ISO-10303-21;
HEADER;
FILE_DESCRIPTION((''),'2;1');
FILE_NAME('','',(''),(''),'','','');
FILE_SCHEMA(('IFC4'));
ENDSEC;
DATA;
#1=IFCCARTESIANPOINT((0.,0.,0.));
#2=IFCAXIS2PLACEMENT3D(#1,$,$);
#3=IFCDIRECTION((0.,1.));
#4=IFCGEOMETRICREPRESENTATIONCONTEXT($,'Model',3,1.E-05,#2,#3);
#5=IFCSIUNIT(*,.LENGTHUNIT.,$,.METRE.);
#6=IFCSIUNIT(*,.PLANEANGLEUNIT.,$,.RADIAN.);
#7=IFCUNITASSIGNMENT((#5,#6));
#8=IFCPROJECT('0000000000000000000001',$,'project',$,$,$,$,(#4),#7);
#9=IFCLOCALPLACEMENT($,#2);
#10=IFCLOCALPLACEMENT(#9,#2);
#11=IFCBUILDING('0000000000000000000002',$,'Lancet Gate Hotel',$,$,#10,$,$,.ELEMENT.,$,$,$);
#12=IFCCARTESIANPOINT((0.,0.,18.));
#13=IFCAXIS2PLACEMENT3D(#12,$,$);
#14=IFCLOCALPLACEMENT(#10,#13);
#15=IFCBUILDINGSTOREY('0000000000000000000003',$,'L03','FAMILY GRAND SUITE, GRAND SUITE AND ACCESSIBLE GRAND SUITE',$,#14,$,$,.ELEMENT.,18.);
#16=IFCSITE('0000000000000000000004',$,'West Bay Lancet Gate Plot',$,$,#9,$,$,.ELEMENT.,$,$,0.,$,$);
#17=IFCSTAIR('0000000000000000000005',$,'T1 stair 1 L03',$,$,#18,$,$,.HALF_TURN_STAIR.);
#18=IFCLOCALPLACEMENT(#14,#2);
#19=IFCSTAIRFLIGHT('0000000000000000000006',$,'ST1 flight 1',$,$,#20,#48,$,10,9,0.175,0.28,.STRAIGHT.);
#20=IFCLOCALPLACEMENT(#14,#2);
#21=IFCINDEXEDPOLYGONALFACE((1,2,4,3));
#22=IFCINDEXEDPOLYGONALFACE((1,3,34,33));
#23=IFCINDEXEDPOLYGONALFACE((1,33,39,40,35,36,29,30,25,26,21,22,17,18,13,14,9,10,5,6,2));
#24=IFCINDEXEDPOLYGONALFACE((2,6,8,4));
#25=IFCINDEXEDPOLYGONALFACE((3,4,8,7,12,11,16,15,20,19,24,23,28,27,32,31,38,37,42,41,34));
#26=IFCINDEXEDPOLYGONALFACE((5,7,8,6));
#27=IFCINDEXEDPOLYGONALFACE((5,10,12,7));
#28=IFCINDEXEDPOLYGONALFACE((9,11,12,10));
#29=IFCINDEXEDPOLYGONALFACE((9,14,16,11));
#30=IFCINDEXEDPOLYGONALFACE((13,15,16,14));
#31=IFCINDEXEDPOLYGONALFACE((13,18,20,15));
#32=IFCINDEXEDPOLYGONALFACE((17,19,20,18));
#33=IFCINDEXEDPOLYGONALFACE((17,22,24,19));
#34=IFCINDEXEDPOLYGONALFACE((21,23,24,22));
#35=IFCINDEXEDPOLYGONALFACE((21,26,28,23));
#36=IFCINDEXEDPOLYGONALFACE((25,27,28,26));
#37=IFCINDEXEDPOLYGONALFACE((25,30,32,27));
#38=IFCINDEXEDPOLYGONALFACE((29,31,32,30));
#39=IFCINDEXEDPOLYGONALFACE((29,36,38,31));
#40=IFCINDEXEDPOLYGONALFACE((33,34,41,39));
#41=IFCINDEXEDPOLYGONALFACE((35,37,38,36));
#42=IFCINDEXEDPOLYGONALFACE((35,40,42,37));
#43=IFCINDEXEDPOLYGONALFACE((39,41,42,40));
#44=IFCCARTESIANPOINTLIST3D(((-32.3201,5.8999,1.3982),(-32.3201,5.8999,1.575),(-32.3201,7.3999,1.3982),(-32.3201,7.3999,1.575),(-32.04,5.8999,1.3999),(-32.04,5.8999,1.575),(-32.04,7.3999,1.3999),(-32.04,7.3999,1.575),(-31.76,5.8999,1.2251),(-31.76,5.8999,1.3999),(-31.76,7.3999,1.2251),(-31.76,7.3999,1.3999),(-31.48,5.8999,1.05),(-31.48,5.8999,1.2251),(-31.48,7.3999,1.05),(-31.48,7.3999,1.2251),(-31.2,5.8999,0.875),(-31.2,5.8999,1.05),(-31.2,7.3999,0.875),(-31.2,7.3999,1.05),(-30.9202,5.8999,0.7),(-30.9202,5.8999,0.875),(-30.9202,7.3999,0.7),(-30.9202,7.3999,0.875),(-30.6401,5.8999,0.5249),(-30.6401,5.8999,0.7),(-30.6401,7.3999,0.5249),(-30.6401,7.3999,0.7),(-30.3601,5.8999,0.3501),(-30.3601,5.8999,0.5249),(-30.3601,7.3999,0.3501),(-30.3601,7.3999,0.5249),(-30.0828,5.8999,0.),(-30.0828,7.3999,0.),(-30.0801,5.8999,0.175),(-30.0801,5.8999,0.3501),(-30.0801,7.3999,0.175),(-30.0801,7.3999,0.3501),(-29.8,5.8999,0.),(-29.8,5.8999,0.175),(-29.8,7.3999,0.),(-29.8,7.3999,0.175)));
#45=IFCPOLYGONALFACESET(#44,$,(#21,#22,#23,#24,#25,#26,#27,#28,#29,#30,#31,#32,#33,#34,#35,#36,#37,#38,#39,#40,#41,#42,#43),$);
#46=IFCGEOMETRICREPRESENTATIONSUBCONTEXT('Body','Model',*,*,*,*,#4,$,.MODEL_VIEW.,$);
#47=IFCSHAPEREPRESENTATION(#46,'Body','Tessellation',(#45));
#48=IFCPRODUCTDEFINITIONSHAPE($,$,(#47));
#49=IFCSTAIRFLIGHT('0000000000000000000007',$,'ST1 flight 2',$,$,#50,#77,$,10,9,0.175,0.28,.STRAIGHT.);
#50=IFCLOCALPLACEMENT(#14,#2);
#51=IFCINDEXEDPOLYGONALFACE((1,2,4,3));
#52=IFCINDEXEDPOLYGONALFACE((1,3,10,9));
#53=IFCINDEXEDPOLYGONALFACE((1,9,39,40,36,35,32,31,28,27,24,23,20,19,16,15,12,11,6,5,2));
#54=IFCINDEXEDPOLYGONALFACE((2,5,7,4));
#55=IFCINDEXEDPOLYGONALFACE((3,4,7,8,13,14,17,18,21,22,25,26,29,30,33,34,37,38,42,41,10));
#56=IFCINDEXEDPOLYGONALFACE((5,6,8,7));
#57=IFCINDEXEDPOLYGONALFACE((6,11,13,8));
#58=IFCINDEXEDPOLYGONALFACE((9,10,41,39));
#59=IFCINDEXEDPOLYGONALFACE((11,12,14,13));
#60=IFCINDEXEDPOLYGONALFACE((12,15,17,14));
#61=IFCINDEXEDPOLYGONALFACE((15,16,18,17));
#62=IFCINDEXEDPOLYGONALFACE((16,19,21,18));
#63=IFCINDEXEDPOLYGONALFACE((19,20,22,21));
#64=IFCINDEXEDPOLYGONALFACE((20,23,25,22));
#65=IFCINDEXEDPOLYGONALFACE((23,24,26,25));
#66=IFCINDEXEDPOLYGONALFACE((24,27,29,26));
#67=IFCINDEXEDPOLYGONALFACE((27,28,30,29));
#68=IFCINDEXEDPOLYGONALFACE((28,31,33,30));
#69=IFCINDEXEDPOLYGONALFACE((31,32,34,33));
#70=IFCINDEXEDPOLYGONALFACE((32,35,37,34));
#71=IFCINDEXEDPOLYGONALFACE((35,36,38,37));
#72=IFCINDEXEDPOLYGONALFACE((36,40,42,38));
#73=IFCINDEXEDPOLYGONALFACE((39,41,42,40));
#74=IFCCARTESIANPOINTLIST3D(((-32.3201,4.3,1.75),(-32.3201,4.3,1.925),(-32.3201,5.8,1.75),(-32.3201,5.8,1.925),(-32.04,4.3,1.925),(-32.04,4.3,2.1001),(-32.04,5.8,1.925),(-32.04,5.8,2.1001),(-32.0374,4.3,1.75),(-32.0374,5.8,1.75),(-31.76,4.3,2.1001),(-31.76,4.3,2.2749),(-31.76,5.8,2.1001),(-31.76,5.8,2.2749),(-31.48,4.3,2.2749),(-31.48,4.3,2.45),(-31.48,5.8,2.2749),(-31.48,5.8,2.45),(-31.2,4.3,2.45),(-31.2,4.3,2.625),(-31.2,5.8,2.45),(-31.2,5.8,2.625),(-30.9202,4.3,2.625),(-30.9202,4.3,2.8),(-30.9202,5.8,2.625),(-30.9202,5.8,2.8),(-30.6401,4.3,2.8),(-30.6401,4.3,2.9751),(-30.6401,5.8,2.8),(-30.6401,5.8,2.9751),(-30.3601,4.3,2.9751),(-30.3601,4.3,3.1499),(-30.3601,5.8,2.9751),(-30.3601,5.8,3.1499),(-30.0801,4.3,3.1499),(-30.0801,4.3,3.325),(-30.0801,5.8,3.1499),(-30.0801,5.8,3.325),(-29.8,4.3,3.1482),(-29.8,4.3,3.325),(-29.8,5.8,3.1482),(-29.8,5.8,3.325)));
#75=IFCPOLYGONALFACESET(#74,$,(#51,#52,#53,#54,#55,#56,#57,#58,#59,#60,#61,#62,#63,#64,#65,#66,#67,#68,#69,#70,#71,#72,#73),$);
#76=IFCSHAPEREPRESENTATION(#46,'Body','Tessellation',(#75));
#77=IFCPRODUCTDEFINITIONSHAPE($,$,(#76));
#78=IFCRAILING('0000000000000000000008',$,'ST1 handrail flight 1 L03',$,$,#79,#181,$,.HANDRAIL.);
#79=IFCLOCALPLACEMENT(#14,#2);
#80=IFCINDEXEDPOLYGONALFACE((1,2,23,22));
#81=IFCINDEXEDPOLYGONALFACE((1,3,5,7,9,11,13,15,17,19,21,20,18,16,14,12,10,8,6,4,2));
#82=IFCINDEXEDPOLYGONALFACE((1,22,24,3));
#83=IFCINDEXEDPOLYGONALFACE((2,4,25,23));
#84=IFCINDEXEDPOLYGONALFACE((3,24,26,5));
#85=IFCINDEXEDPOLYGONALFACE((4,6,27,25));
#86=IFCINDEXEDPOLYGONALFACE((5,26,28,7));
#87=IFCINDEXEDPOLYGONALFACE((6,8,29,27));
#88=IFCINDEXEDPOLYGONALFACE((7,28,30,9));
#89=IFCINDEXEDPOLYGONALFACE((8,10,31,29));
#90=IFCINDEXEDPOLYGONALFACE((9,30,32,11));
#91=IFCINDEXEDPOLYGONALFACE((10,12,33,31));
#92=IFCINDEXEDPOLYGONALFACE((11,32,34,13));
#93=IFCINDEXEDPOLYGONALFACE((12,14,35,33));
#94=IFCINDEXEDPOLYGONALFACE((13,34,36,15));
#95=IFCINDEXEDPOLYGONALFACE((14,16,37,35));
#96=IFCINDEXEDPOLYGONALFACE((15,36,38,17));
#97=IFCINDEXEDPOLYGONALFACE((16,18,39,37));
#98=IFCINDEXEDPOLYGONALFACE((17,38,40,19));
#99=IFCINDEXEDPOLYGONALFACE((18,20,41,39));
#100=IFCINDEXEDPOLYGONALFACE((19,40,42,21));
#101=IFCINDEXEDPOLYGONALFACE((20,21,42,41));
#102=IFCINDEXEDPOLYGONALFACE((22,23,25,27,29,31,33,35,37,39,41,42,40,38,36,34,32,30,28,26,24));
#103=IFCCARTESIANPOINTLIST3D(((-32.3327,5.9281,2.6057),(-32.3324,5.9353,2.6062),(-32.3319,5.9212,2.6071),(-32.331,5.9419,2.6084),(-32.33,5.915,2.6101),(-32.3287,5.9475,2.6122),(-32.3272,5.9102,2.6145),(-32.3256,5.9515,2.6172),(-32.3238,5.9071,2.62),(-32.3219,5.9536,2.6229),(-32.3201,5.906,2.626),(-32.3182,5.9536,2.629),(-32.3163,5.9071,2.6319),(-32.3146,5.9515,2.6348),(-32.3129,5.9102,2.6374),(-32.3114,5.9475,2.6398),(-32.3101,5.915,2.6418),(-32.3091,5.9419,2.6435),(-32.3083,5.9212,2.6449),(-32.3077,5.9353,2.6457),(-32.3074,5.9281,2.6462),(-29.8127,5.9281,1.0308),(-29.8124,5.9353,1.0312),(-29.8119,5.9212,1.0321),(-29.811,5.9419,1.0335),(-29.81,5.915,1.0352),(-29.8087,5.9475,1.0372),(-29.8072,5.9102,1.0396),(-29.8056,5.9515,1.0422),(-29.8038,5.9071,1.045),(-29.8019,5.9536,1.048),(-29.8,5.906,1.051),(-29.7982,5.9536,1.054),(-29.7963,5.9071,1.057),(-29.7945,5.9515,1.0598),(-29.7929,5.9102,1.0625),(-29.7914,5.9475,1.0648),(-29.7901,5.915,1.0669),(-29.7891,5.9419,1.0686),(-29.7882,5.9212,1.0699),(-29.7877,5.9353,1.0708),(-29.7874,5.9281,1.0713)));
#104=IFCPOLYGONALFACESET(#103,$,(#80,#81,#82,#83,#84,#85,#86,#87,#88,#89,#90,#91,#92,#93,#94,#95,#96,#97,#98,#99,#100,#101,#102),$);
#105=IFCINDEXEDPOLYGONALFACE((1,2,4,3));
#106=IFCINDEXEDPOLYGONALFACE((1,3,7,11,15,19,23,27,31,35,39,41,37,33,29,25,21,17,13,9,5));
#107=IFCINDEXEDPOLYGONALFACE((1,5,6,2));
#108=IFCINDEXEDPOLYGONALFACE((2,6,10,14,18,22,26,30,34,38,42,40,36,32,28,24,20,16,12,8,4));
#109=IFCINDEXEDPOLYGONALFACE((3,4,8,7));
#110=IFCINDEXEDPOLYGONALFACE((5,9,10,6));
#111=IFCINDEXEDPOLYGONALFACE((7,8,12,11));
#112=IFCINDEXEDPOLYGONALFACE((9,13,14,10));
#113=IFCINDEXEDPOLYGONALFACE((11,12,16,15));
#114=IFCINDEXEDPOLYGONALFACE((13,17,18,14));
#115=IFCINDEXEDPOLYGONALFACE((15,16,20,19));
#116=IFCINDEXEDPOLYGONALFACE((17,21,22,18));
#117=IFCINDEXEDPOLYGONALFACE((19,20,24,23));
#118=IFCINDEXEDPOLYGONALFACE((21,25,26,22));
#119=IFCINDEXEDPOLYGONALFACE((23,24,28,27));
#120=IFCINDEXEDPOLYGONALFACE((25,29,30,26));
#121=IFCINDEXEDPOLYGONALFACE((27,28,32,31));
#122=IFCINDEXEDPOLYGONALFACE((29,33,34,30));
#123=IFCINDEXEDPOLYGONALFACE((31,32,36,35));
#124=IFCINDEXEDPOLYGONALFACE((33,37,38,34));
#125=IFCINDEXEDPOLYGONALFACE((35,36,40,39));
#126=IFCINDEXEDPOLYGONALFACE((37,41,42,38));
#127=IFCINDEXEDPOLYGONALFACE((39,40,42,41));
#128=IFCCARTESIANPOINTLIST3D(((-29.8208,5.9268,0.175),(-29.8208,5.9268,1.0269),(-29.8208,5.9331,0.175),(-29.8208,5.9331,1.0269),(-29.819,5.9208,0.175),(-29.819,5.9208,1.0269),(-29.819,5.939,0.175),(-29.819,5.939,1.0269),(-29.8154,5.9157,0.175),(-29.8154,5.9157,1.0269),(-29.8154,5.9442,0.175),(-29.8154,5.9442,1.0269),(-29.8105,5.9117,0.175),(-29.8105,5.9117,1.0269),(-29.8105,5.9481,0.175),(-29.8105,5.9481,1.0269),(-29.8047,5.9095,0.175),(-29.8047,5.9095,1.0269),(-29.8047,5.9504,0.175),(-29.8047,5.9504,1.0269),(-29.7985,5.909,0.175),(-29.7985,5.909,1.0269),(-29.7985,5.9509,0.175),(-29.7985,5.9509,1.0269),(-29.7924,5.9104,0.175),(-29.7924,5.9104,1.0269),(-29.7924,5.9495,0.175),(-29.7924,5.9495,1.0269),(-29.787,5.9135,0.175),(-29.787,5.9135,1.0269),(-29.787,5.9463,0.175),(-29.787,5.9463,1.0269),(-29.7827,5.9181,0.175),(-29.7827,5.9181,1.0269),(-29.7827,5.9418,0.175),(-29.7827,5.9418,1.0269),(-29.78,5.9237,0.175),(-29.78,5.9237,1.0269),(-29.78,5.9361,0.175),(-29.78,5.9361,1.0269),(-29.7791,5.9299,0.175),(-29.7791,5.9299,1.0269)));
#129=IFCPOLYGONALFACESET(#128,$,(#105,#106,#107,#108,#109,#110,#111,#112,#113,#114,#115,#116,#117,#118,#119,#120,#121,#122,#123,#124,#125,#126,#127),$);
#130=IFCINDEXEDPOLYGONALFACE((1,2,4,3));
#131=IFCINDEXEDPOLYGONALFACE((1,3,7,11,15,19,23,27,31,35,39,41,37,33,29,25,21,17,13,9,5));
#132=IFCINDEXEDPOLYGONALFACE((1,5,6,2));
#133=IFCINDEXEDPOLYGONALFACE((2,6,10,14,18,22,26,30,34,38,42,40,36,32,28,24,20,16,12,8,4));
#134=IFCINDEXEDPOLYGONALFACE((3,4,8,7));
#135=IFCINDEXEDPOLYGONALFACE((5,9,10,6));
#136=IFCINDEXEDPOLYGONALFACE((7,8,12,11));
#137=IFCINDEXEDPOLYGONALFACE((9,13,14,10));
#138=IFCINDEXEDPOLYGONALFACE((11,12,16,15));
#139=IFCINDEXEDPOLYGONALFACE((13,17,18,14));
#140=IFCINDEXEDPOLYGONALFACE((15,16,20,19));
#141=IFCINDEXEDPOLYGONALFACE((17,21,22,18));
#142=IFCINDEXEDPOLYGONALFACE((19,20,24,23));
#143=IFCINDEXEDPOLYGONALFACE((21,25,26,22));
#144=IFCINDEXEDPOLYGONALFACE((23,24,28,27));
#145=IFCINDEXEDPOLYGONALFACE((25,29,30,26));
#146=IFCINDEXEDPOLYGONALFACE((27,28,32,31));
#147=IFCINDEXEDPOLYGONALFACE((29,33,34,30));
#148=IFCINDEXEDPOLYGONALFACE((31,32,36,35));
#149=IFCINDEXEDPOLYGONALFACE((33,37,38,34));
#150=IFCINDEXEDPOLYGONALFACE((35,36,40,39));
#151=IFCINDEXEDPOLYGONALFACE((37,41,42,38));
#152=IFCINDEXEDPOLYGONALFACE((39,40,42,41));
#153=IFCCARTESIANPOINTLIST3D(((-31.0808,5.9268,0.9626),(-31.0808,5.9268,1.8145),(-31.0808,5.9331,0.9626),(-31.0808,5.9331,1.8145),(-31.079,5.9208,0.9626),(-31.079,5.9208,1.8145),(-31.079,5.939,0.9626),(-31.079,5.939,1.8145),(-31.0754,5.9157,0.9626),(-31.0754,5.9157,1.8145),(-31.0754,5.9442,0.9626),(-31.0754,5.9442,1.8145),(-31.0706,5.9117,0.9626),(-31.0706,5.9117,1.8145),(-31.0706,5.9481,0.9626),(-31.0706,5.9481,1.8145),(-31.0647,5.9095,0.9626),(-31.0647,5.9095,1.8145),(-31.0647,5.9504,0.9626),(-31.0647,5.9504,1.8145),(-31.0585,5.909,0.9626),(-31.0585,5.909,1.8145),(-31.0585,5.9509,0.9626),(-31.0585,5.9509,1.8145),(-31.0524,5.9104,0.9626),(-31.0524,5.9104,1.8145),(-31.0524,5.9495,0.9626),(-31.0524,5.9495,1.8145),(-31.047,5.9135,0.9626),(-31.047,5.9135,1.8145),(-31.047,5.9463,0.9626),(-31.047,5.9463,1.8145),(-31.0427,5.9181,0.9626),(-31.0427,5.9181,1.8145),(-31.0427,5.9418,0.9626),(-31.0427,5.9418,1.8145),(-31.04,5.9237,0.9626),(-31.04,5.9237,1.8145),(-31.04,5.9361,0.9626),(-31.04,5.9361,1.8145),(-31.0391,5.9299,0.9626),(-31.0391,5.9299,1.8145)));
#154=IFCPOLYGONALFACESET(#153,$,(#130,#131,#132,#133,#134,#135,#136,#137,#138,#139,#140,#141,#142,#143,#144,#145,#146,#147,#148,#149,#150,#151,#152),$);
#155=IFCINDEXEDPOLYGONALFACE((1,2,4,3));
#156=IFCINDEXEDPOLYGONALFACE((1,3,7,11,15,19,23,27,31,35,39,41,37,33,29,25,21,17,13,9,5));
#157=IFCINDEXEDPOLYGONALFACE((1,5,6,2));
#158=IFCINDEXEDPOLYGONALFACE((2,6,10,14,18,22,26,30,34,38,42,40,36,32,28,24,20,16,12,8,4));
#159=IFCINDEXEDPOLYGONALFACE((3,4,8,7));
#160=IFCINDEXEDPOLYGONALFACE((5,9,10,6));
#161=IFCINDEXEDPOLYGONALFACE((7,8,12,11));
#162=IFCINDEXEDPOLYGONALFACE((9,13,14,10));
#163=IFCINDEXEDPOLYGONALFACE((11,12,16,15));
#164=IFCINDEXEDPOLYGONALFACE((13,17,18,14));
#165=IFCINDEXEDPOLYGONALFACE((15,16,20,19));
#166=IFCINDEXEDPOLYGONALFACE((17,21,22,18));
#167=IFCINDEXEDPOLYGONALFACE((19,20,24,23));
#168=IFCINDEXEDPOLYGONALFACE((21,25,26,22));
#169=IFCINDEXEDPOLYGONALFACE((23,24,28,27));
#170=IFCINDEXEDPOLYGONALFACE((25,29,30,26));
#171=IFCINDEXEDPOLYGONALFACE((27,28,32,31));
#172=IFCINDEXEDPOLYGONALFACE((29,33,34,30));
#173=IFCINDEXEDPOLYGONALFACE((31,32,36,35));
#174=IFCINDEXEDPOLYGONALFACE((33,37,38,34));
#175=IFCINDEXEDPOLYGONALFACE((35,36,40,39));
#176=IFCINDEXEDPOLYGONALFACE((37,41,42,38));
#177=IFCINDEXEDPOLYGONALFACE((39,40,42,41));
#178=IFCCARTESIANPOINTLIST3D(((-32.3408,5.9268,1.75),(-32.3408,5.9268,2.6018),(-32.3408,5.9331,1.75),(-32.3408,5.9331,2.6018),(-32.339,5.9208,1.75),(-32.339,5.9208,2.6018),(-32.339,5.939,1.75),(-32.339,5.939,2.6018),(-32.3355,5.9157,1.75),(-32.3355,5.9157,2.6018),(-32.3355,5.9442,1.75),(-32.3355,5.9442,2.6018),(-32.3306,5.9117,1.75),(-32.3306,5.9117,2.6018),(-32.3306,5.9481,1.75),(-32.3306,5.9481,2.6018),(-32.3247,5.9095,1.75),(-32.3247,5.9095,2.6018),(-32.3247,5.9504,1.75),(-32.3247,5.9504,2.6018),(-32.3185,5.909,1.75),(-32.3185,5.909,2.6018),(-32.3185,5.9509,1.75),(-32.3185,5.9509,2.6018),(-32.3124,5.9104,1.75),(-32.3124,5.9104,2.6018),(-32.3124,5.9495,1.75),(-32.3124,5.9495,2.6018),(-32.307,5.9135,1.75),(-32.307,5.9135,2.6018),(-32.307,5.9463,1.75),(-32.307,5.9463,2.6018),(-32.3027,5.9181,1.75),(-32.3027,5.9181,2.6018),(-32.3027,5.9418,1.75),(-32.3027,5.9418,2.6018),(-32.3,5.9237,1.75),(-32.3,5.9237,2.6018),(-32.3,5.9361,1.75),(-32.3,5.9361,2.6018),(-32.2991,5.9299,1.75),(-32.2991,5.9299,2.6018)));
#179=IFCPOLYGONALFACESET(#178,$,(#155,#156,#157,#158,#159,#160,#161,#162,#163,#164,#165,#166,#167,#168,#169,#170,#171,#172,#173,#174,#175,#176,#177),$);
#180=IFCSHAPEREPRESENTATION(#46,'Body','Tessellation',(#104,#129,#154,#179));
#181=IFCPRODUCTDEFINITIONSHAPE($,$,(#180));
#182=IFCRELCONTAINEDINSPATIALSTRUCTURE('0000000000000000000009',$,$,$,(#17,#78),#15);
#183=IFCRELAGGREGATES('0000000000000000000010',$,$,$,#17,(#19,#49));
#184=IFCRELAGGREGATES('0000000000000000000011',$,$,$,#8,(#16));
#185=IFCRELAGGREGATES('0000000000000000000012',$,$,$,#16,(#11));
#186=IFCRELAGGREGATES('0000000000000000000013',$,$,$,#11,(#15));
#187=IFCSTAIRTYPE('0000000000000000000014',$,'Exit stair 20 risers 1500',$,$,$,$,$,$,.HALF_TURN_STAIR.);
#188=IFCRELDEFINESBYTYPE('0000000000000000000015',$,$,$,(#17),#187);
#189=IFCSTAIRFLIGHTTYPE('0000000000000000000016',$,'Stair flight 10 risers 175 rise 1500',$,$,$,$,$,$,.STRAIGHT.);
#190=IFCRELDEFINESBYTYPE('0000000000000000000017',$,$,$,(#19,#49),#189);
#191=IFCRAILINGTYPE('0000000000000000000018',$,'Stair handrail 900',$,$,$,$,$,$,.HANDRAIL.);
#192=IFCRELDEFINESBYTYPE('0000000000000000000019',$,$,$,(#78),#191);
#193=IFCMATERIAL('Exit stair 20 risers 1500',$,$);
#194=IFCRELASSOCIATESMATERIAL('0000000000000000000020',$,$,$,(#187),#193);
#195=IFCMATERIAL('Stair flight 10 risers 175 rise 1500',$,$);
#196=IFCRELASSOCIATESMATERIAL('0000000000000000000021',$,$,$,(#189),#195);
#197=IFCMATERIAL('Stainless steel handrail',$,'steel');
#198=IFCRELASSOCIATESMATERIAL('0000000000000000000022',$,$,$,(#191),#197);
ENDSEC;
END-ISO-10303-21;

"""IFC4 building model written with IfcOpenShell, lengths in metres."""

from ifc_helpers import new_model, si_unit, direction, frame, origin, origin_2d, place, context, subcontext, project, spatial, polyline, circle, outline, extrude, material, type_object, element, aggregate, save


model = new_model("IFC4")

# Units and contexts
model_context = context("Model", 3, precision=1e-05, world=origin(), true_north=direction((0.0, 1.0)))
body_context = subcontext(model_context, "Body", "Model", "MODEL_VIEW")
ifc_project = project(units=[si_unit("LENGTHUNIT", "METRE"), si_unit("PLANEANGLEUNIT", "RADIAN")], contexts=[model_context])

# Site, building, storey
site_placement = place(None, origin())
site = spatial("IfcSite", under=ifc_project, at=site_placement, Name="West Bay Lancet Gate Plot", CompositionType="ELEMENT", RefElevation=0.0)
building_placement = place(site_placement, origin())
building = spatial("IfcBuilding", under=site, at=building_placement, Name="Lancet Gate Hotel", CompositionType="ELEMENT")
storey_placement = place(building_placement, frame((0.0, 0.0, 18.0)))
storey = spatial("IfcBuildingStorey", under=building, at=storey_placement, Name="L03", Description="FAMILY GRAND SUITE, GRAND SUITE AND ACCESSIBLE GRAND SUITE", CompositionType="ELEMENT", Elevation=18.0)

# Stair, stair flights
ifc_material_1 = material(Name="Exit stair 20 risers 1500")
stair_type = type_object("IfcStairType", Name="Exit stair 20 risers 1500", PredefinedType="HALF_TURN_STAIR", material=ifc_material_1)
stair_placement = place(storey_placement, origin())
stair = element("IfcStair", 1, at=stair_placement, inside=storey, type_object=stair_type, Name="T1 stair 1 L03", PredefinedType="HALF_TURN_STAIR")
ifc_material_2 = material(Name="Stair flight 10 risers 175 rise 1500")
stair_flight_type = type_object("IfcStairFlightType", Name="Stair flight 10 risers 175 rise 1500", PredefinedType="STRAIGHT", material=ifc_material_2)
stair_flight_1_placement = place(storey_placement, frame((-29.8, 6.6499, 0.0), z_axis=(0.0, 0.0, 1.0), x_axis=(-1.0, 0.0, 0.0)))
stair_flight_1 = element("IfcStairFlight", 2, at=stair_flight_1_placement, type_object=stair_flight_type, Name="ST1 flight 1", NumberOfRisers=10, NumberOfTreads=9, PredefinedType="STRAIGHT", RiserHeight=0.175, TreadLength=0.28, context=body_context, shape_type="SweptSolid", body=[
    extrude(outline(polyline([(0.0, 0.0), (0.0, 0.175), (0.28, 0.175), (0.28, 0.3501), (0.5601, 0.3501), (0.5601, 0.5249), (0.8401, 0.5249), (0.8401, 0.7), (1.1201, 0.7), (1.1201, 0.875), (1.3999, 0.875), (1.3999, 1.05), (1.6799, 1.05), (1.6799, 1.2251), (1.96, 1.2251), (1.96, 1.3999), (2.24, 1.3999), (2.24, 1.575), (2.52, 1.575), (2.52, 1.75), (2.52, 1.3982), (0.2827, 0.0), (0.0, 0.0)])), frame((0.0, 0.75, 0.0), z_axis=(0.0, -1.0, 0.0), x_axis=(1.0, 0.0, 0.0)), (0.0, 0.0, 1.0), 1.5),
])
stair_flight_2_placement = place(storey_placement, frame((-32.3201, 5.05, 1.75), z_axis=(0.0, 0.0, 1.0), x_axis=(1.0, 0.0, 0.0)))
stair_flight_2 = element("IfcStairFlight", 3, at=stair_flight_2_placement, type_object=stair_flight_type, Name="ST1 flight 2", NumberOfRisers=10, NumberOfTreads=9, PredefinedType="STRAIGHT", RiserHeight=0.175, TreadLength=0.28, context=body_context, shape_type="SweptSolid", body=[
    extrude(outline(polyline([(0.0, 0.0), (0.0, 0.175), (0.28, 0.175), (0.28, 0.3501), (0.5601, 0.3501), (0.5601, 0.5249), (0.8401, 0.5249), (0.8401, 0.7), (1.1201, 0.7), (1.1201, 0.875), (1.3999, 0.875), (1.3999, 1.05), (1.6799, 1.05), (1.6799, 1.2251), (1.96, 1.2251), (1.96, 1.3999), (2.24, 1.3999), (2.24, 1.575), (2.52, 1.575), (2.52, 1.75), (2.52, 1.3982), (0.2827, 0.0), (0.0, 0.0)])), frame((0.0, 0.75, 0.0), z_axis=(0.0, -1.0, 0.0), x_axis=(1.0, 0.0, 0.0)), (0.0, 0.0, 1.0), 1.5),
])
aggregate(stair, [stair_flight_1, stair_flight_2])

# Railing
ifc_material_3 = material(Name="Stainless steel handrail", Category="steel")
railing_type = type_object("IfcRailingType", Name="Stair handrail 900", PredefinedType="HANDRAIL", material=ifc_material_3)
railing_1_placement = place(storey_placement, frame((-29.8, 5.9299, 0.175)))
element("IfcRailing", 4, at=railing_1_placement, inside=storey, type_object=railing_type, Name="ST1 handrail flight 1 L03", PredefinedType="HANDRAIL", context=body_context, shape_type="SweptSolid", body=[
    extrude(circle(Radius=0.0239, at=origin_2d()), frame((0.0, 0.0, 0.876), z_axis=(-0.848008, 0.0, 0.529984), x_axis=(0.0, -1.0, 0.0)), (0.0, 0.0, 1.0), 2.9717),
    extrude(circle(Radius=0.021, at=origin_2d()), origin(), (0.0, 0.0, 1.0), 0.8518),
    extrude(circle(Radius=0.021, at=origin_2d()), frame((-1.26, 0.0, 0.7876)), (0.0, 0.0, 1.0), 0.8518),
    extrude(circle(Radius=0.021, at=origin_2d()), frame((-2.52, 0.0, 1.575)), (0.0, 0.0, 1.0), 0.8518),
])

save(model, "model.ifc")
